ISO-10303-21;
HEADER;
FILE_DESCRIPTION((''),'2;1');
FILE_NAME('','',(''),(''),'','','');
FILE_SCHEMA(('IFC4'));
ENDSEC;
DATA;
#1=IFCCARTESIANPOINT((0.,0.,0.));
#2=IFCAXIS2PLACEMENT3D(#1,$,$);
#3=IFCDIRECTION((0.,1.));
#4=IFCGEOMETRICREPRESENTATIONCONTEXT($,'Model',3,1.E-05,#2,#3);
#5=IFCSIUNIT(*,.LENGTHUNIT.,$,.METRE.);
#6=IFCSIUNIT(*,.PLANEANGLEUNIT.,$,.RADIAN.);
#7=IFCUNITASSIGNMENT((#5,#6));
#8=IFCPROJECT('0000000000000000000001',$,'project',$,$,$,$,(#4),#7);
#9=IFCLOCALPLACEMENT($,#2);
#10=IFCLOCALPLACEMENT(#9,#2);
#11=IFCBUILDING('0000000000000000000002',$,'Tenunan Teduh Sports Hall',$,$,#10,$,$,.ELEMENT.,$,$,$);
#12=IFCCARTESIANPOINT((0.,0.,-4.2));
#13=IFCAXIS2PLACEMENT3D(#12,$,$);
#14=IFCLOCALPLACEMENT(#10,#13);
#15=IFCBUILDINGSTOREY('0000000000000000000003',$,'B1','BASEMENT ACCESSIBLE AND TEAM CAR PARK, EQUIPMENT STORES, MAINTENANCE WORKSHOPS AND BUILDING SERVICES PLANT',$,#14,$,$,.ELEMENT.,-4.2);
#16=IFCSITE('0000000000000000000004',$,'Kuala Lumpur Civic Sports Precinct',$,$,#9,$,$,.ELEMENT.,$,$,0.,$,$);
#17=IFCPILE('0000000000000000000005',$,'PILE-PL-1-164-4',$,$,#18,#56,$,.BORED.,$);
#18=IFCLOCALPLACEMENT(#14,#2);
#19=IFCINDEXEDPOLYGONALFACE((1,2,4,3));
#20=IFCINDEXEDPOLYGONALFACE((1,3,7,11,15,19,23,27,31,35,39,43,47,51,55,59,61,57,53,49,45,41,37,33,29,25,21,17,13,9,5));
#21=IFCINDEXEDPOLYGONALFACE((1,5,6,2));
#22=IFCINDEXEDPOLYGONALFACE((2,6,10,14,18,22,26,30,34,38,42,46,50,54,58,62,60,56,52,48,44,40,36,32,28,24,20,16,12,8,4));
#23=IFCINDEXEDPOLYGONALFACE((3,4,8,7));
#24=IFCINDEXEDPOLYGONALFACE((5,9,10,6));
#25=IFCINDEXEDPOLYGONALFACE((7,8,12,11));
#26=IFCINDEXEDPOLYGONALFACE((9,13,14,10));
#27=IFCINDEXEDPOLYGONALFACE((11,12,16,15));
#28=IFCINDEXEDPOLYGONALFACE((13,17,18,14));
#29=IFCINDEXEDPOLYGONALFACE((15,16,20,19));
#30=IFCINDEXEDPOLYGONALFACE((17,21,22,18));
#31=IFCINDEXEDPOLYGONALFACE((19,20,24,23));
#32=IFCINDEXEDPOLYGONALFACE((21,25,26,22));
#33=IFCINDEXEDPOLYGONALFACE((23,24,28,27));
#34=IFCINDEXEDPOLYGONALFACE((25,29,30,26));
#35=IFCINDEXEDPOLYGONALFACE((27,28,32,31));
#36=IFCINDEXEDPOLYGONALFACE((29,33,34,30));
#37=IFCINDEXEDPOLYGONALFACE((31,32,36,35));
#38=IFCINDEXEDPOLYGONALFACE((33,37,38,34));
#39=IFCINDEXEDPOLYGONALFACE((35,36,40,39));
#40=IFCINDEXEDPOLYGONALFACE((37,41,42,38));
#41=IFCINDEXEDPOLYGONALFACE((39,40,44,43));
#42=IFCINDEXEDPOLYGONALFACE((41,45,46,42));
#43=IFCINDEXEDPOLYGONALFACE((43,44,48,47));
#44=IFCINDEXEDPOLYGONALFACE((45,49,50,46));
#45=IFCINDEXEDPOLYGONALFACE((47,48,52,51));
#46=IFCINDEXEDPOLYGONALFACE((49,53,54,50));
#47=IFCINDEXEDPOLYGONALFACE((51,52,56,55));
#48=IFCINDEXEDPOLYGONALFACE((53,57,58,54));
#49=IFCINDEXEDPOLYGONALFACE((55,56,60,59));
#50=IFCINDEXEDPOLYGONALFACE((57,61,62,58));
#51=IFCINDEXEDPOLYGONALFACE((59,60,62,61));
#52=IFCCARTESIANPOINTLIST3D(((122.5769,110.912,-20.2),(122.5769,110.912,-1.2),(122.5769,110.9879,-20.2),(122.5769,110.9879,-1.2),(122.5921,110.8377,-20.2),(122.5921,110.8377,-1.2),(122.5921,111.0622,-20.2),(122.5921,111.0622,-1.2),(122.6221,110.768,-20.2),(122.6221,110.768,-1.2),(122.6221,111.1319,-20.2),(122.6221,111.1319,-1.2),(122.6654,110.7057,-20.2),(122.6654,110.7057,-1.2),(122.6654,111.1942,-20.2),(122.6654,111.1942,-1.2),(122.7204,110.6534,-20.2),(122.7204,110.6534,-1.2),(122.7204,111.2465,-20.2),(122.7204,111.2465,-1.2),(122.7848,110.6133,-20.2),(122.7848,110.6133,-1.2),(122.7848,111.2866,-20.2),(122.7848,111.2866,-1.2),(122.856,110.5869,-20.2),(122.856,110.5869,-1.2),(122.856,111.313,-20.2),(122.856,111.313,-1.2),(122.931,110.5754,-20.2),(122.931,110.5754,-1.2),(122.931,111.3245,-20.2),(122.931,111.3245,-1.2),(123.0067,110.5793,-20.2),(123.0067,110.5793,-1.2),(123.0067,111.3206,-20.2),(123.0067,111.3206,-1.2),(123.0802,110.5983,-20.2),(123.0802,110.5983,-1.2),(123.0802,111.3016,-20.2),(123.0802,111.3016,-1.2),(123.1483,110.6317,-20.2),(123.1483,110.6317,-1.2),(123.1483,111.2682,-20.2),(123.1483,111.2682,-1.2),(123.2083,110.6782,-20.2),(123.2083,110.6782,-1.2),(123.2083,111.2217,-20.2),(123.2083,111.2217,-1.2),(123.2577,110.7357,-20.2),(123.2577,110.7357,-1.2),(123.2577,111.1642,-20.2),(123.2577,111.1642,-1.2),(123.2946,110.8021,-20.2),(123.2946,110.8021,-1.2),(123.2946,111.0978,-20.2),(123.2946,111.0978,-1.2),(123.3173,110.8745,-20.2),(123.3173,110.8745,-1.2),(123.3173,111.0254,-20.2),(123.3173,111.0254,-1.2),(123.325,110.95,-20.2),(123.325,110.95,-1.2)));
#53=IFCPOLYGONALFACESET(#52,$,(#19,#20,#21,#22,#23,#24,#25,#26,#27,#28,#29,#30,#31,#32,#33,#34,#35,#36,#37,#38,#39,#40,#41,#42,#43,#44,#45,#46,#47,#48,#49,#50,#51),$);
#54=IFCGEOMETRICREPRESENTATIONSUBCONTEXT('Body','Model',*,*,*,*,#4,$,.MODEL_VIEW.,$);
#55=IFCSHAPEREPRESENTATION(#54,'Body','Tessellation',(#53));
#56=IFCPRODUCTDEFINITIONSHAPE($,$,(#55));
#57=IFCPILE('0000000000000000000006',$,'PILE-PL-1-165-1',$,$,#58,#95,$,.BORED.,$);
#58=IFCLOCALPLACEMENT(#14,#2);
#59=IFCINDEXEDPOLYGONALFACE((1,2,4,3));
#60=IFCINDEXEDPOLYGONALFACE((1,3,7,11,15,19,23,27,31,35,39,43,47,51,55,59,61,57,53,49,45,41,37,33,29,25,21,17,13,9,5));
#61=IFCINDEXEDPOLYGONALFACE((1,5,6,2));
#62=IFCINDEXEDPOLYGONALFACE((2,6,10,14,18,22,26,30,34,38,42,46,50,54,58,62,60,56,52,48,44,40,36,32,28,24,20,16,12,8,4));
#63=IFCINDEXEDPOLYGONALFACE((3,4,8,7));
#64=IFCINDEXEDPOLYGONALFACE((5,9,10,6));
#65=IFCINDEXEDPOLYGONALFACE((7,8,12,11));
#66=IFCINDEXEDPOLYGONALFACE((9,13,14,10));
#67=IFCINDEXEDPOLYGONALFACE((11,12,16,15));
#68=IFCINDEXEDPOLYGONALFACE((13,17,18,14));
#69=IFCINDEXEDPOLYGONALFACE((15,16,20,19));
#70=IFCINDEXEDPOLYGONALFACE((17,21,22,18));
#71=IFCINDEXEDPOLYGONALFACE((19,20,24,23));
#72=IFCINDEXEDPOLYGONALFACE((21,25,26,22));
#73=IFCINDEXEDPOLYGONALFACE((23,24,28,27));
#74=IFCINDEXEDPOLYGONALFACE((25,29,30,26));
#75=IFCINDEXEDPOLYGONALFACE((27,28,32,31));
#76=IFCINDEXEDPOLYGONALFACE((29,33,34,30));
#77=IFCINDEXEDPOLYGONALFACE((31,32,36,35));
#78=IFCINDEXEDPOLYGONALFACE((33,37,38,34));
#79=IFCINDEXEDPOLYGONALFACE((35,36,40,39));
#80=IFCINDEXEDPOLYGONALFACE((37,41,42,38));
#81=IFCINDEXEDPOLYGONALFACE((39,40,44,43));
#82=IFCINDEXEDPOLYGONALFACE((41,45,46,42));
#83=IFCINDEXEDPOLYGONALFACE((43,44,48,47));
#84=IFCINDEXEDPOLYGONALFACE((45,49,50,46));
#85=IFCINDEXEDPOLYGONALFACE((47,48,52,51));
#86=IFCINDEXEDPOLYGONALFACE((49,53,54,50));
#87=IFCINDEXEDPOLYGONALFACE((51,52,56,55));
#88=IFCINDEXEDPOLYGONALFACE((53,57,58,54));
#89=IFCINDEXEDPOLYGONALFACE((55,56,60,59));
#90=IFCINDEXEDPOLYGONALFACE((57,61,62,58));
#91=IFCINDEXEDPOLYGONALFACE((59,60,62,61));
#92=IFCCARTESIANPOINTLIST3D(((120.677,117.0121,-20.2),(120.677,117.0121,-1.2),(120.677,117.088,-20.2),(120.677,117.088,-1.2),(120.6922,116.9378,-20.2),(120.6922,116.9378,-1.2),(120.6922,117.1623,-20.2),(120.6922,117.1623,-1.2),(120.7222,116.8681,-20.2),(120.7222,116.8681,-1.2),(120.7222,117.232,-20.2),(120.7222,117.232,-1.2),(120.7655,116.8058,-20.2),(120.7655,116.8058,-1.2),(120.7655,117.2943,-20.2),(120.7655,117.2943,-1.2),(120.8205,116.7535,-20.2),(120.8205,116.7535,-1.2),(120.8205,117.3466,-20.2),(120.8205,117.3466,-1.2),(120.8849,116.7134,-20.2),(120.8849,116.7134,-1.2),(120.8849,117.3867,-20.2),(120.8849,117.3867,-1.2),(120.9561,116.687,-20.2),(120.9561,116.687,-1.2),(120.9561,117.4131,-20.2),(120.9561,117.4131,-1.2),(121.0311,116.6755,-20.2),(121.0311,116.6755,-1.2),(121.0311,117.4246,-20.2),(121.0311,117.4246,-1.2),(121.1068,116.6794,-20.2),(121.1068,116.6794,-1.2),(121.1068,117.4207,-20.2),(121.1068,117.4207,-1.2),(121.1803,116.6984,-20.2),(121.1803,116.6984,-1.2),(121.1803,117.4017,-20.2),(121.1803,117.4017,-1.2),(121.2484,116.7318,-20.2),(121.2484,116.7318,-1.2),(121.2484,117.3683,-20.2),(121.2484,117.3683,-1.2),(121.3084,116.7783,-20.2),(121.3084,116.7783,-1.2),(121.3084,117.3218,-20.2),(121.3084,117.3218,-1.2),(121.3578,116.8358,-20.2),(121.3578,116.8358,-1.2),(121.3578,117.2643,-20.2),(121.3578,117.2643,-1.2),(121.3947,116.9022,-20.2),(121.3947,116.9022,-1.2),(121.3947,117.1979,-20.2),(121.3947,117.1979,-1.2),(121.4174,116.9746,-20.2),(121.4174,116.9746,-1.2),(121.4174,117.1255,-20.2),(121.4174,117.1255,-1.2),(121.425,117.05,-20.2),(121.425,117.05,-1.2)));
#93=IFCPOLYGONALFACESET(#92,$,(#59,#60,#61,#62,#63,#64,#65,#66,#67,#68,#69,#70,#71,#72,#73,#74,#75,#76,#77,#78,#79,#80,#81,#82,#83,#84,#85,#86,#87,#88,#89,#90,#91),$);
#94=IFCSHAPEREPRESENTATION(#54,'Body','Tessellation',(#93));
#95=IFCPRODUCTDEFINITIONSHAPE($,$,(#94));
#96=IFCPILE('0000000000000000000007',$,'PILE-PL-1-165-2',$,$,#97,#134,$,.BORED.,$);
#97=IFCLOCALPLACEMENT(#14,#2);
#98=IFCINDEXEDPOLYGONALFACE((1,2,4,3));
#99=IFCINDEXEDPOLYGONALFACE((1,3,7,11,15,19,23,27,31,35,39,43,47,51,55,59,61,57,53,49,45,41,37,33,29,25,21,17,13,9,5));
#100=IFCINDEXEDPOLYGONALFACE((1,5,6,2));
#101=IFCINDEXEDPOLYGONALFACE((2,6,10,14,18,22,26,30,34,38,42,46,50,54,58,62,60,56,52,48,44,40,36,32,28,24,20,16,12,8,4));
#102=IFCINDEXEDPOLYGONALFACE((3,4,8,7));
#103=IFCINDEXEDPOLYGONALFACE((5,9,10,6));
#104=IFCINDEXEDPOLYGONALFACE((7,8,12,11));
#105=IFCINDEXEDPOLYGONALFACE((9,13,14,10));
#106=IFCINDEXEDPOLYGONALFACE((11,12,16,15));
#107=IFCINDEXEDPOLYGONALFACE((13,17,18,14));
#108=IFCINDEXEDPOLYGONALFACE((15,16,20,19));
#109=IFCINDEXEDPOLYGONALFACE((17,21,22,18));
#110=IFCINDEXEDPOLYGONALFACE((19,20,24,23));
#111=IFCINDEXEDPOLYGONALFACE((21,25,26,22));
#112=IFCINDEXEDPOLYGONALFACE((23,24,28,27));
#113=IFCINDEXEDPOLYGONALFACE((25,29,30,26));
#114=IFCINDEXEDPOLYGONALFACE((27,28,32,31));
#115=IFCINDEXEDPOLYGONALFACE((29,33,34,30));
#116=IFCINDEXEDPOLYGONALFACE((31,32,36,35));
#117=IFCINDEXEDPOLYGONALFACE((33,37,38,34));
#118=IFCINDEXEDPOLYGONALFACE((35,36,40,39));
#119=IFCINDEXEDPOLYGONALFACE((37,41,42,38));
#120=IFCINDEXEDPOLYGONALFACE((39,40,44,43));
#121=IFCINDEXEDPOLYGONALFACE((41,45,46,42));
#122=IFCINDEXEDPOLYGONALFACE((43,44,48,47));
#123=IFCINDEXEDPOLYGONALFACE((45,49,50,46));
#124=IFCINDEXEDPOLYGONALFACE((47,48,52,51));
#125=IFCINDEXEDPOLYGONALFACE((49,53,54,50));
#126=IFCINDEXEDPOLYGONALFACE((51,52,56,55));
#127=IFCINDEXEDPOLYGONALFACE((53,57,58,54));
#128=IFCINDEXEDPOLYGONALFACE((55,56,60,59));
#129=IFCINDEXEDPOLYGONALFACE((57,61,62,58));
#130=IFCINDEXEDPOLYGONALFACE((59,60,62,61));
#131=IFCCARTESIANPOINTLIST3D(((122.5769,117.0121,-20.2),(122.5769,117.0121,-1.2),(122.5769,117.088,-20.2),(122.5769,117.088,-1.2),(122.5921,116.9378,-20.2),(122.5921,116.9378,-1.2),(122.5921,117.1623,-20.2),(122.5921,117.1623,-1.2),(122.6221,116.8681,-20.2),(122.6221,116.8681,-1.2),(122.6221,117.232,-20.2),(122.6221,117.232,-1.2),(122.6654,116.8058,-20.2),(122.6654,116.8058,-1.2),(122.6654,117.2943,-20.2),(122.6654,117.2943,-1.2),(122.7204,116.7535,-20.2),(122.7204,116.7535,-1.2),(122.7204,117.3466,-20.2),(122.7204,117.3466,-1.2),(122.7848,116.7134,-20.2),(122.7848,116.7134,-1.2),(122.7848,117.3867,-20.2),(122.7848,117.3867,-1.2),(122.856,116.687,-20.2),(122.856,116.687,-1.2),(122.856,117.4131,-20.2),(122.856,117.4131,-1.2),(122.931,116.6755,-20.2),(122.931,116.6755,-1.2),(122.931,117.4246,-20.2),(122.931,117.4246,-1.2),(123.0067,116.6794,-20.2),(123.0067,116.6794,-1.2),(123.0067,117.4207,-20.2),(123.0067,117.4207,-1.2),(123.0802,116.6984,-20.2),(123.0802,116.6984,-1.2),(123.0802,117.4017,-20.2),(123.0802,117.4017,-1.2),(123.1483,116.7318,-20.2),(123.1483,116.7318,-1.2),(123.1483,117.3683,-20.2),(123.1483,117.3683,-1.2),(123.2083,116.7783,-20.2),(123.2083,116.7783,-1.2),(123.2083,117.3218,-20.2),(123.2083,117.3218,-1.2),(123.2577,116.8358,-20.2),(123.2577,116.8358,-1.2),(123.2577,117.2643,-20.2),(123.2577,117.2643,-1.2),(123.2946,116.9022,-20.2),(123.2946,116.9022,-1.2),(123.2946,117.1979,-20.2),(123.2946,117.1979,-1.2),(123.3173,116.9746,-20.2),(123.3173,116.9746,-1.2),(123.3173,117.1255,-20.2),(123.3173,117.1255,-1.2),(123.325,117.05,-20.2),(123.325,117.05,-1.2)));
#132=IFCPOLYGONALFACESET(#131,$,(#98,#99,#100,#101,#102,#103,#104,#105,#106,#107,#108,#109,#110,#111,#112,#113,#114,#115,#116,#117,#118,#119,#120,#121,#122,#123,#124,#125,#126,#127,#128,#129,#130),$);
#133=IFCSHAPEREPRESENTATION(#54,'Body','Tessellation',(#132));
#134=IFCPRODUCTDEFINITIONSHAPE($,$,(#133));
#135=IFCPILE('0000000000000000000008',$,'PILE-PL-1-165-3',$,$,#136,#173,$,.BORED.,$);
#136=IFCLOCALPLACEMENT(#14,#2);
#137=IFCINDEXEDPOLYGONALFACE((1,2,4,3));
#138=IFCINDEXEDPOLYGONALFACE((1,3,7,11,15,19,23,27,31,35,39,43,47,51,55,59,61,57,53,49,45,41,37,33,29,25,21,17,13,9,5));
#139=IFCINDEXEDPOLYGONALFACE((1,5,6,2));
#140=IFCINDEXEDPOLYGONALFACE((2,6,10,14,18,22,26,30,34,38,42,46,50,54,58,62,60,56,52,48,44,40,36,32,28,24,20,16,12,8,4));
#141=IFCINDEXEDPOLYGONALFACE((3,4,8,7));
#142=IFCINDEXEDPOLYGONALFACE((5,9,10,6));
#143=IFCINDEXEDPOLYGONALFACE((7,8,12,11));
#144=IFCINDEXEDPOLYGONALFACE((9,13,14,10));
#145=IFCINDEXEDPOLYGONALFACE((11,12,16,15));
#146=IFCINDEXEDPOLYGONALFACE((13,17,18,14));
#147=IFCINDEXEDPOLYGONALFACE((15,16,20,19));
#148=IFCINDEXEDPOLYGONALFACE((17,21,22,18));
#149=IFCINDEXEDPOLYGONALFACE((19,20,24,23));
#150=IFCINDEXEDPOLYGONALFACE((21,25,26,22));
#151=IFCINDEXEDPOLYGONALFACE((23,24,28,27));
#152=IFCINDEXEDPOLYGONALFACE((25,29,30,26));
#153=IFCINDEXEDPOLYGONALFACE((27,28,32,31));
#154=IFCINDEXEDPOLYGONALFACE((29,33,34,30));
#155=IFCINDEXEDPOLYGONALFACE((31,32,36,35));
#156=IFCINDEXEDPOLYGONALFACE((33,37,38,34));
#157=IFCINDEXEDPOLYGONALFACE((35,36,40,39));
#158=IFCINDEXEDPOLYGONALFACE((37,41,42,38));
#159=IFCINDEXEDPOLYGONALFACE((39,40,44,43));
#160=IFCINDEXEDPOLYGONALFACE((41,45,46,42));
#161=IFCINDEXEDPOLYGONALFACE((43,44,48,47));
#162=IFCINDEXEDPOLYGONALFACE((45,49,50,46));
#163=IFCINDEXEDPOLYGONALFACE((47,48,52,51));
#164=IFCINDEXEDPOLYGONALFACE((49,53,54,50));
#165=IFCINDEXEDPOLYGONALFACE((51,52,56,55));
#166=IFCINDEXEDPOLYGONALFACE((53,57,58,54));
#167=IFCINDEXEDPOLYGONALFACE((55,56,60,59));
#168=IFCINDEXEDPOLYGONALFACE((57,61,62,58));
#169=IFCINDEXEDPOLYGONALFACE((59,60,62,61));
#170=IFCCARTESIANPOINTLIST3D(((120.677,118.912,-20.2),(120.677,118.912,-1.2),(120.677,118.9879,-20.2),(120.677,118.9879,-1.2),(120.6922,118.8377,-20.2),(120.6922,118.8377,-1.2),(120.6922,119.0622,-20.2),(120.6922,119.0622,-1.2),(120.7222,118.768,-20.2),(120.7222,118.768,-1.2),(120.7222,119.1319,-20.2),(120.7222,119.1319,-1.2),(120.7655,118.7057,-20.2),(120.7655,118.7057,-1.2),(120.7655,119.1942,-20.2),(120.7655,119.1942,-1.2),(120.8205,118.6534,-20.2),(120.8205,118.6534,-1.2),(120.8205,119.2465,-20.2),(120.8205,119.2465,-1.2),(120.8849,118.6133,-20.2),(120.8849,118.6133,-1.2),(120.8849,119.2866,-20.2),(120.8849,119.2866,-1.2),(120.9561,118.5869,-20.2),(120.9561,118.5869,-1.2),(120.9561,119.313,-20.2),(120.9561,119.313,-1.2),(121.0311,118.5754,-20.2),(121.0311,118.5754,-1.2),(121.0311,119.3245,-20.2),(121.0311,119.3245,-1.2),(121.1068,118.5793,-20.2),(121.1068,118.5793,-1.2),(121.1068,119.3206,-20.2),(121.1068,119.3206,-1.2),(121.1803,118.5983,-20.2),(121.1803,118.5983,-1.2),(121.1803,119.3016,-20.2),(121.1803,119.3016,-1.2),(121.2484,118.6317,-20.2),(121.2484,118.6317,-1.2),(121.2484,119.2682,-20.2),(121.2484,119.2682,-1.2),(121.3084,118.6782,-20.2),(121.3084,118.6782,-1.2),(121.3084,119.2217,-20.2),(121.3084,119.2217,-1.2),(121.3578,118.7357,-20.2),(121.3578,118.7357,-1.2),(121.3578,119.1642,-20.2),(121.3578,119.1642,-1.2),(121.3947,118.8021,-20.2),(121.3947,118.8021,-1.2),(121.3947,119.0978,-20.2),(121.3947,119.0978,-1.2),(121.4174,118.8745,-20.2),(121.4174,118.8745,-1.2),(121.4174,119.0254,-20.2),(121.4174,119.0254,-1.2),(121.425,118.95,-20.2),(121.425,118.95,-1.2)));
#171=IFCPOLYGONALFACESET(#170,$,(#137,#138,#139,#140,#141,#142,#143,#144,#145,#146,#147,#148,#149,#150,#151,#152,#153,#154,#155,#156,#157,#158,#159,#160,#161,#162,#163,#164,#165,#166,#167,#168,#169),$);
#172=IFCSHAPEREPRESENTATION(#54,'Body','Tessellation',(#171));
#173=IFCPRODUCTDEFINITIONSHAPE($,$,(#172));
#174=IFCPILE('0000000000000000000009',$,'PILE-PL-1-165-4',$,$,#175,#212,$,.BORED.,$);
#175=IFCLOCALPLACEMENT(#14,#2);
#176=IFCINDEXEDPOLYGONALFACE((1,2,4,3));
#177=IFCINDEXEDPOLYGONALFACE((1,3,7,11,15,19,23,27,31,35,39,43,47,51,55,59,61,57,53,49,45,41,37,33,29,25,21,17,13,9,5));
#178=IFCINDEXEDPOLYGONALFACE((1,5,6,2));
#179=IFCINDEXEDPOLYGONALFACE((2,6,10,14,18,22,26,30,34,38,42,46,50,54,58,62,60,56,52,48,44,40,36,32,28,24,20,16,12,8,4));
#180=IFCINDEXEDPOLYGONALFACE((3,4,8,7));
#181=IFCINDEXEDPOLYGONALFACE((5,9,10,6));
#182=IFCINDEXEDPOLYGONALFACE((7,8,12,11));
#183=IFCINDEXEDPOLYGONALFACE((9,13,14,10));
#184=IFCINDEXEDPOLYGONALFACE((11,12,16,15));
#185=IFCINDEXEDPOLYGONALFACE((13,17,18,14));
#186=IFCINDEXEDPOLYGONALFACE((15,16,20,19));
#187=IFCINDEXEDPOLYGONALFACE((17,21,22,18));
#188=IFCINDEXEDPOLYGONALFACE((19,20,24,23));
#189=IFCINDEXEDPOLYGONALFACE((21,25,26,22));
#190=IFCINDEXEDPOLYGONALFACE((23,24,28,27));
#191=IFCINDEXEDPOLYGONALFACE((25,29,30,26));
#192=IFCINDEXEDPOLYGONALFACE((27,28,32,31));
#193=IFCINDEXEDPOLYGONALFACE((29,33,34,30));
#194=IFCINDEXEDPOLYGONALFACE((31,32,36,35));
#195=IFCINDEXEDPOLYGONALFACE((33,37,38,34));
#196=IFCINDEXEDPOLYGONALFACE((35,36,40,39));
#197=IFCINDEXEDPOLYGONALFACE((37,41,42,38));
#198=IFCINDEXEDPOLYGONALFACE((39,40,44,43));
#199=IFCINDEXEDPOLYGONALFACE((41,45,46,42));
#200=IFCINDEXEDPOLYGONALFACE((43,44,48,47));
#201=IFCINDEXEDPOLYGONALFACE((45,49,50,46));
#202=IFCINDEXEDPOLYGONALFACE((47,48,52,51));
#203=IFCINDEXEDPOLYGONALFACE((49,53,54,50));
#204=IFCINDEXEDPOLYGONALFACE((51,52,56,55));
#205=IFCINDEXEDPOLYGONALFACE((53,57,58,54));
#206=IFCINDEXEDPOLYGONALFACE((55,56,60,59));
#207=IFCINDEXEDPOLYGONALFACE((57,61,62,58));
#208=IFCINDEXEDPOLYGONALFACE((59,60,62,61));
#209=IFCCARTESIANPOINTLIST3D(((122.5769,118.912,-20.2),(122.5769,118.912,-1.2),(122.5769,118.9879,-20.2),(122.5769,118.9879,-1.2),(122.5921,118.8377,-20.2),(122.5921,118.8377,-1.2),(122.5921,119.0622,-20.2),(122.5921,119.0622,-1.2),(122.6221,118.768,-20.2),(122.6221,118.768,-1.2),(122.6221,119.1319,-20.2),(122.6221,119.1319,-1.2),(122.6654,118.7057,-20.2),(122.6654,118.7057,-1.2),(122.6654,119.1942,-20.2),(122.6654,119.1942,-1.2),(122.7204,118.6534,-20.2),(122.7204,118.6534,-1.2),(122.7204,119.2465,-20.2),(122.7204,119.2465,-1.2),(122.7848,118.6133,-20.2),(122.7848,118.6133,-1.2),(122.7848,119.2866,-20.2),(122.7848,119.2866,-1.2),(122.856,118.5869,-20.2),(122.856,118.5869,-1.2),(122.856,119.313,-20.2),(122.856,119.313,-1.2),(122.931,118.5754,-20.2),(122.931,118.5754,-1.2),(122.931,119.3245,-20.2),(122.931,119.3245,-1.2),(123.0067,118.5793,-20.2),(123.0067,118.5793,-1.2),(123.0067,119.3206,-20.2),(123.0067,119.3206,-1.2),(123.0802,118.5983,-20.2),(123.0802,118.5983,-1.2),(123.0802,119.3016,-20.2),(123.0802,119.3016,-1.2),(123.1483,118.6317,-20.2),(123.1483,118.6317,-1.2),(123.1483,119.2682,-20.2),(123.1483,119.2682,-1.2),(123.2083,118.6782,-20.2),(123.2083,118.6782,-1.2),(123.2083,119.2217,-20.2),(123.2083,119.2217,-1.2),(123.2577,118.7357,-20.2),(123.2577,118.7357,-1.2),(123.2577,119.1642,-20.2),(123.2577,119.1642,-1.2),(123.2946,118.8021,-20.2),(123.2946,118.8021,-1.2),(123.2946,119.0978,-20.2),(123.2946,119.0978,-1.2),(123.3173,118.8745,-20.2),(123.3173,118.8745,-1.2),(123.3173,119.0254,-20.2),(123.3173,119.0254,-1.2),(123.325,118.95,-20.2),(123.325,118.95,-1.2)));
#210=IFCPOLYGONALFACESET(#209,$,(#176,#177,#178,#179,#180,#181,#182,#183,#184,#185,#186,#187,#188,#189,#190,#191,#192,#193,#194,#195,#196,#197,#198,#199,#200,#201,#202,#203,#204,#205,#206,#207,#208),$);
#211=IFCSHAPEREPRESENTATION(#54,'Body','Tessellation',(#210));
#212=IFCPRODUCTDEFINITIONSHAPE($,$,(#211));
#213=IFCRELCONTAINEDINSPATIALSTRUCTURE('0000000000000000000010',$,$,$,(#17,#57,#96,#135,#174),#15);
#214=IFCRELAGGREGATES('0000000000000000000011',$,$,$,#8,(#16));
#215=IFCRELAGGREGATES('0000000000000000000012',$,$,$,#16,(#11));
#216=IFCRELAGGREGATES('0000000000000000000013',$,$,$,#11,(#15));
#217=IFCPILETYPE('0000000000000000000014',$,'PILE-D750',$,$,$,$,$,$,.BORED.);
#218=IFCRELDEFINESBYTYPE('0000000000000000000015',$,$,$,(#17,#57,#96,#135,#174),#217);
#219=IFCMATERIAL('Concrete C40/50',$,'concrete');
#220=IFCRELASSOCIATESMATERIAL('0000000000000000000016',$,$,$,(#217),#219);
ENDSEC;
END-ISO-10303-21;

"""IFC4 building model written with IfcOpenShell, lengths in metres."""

from ifc_helpers import new_model, si_unit, direction, frame, origin, origin_2d, place, context, subcontext, project, spatial, circle, extrude, material, material_profile, profile_set, type_object, element, save


model = new_model("IFC4")

# Units and contexts
model_context = context("Model", 3, precision=1e-05, world=origin(), true_north=direction((0.0, 1.0)))
body_context = subcontext(model_context, "Body", "Model", "MODEL_VIEW")
ifc_project = project(units=[si_unit("LENGTHUNIT", "METRE"), si_unit("PLANEANGLEUNIT", "RADIAN")], contexts=[model_context])

# Site, building, storey
site_placement = place(None, origin())
site = spatial("IfcSite", under=ifc_project, at=site_placement, Name="Kuala Lumpur Civic Sports Precinct", CompositionType="ELEMENT", RefElevation=0.0)
building_placement = place(site_placement, origin())
building = spatial("IfcBuilding", under=site, at=building_placement, Name="Tenunan Teduh Sports Hall", CompositionType="ELEMENT")
storey_placement = place(building_placement, frame((0.0, 0.0, -4.2)))
storey = spatial("IfcBuildingStorey", under=building, at=storey_placement, Name="B1", Description="BASEMENT ACCESSIBLE AND TEAM CAR PARK, EQUIPMENT STORES, MAINTENANCE WORKSHOPS AND BUILDING SERVICES PLANT", CompositionType="ELEMENT", Elevation=-4.2)

# Piles
ifc_material_1 = material(Name="Concrete C40/50", Category="concrete")
ifc_material_profile_1 = material_profile(ifc_material_1, circle(Radius=0.375, at=origin_2d()), Name="PILE D750")
ifc_profile_set_1 = profile_set([ifc_material_profile_1], Name="Concrete C40/50")
pile_type = type_object("IfcPileType", Name="PILE-D750", PredefinedType="BORED", material=ifc_profile_set_1)
for number, where, z_axis, x_axis, name in (
    (1, (122.95, 110.95, -1.2), (0.0, 0.0, -1.0), (1.0, 0.0, 0.0), "PILE-PL-1-164-4"),
    (2, (121.05, 117.05, -1.2), (0.0, 0.0, -1.0), (1.0, 0.0, 0.0), "PILE-PL-1-165-1"),
    (3, (122.95, 117.05, -1.2), (0.0, 0.0, -1.0), (1.0, 0.0, 0.0), "PILE-PL-1-165-2"),
    (4, (121.05, 118.95, -1.2), (0.0, 0.0, -1.0), (1.0, 0.0, 0.0), "PILE-PL-1-165-3"),
    (5, (122.95, 118.95, -1.2), (0.0, 0.0, -1.0), (1.0, 0.0, 0.0), "PILE-PL-1-165-4"),
):
    element("IfcPile", number, at=place(storey_placement, frame(where, z_axis=z_axis, x_axis=x_axis)), inside=storey, type_object=pile_type, Name=name, PredefinedType="BORED", context=body_context, shape_type="SweptSolid", body=[
        extrude(circle(Radius=0.375, at=origin_2d()), origin(), (0.0, 0.0, 1.0), 19.0),
    ])

save(model, "model.ifc")
